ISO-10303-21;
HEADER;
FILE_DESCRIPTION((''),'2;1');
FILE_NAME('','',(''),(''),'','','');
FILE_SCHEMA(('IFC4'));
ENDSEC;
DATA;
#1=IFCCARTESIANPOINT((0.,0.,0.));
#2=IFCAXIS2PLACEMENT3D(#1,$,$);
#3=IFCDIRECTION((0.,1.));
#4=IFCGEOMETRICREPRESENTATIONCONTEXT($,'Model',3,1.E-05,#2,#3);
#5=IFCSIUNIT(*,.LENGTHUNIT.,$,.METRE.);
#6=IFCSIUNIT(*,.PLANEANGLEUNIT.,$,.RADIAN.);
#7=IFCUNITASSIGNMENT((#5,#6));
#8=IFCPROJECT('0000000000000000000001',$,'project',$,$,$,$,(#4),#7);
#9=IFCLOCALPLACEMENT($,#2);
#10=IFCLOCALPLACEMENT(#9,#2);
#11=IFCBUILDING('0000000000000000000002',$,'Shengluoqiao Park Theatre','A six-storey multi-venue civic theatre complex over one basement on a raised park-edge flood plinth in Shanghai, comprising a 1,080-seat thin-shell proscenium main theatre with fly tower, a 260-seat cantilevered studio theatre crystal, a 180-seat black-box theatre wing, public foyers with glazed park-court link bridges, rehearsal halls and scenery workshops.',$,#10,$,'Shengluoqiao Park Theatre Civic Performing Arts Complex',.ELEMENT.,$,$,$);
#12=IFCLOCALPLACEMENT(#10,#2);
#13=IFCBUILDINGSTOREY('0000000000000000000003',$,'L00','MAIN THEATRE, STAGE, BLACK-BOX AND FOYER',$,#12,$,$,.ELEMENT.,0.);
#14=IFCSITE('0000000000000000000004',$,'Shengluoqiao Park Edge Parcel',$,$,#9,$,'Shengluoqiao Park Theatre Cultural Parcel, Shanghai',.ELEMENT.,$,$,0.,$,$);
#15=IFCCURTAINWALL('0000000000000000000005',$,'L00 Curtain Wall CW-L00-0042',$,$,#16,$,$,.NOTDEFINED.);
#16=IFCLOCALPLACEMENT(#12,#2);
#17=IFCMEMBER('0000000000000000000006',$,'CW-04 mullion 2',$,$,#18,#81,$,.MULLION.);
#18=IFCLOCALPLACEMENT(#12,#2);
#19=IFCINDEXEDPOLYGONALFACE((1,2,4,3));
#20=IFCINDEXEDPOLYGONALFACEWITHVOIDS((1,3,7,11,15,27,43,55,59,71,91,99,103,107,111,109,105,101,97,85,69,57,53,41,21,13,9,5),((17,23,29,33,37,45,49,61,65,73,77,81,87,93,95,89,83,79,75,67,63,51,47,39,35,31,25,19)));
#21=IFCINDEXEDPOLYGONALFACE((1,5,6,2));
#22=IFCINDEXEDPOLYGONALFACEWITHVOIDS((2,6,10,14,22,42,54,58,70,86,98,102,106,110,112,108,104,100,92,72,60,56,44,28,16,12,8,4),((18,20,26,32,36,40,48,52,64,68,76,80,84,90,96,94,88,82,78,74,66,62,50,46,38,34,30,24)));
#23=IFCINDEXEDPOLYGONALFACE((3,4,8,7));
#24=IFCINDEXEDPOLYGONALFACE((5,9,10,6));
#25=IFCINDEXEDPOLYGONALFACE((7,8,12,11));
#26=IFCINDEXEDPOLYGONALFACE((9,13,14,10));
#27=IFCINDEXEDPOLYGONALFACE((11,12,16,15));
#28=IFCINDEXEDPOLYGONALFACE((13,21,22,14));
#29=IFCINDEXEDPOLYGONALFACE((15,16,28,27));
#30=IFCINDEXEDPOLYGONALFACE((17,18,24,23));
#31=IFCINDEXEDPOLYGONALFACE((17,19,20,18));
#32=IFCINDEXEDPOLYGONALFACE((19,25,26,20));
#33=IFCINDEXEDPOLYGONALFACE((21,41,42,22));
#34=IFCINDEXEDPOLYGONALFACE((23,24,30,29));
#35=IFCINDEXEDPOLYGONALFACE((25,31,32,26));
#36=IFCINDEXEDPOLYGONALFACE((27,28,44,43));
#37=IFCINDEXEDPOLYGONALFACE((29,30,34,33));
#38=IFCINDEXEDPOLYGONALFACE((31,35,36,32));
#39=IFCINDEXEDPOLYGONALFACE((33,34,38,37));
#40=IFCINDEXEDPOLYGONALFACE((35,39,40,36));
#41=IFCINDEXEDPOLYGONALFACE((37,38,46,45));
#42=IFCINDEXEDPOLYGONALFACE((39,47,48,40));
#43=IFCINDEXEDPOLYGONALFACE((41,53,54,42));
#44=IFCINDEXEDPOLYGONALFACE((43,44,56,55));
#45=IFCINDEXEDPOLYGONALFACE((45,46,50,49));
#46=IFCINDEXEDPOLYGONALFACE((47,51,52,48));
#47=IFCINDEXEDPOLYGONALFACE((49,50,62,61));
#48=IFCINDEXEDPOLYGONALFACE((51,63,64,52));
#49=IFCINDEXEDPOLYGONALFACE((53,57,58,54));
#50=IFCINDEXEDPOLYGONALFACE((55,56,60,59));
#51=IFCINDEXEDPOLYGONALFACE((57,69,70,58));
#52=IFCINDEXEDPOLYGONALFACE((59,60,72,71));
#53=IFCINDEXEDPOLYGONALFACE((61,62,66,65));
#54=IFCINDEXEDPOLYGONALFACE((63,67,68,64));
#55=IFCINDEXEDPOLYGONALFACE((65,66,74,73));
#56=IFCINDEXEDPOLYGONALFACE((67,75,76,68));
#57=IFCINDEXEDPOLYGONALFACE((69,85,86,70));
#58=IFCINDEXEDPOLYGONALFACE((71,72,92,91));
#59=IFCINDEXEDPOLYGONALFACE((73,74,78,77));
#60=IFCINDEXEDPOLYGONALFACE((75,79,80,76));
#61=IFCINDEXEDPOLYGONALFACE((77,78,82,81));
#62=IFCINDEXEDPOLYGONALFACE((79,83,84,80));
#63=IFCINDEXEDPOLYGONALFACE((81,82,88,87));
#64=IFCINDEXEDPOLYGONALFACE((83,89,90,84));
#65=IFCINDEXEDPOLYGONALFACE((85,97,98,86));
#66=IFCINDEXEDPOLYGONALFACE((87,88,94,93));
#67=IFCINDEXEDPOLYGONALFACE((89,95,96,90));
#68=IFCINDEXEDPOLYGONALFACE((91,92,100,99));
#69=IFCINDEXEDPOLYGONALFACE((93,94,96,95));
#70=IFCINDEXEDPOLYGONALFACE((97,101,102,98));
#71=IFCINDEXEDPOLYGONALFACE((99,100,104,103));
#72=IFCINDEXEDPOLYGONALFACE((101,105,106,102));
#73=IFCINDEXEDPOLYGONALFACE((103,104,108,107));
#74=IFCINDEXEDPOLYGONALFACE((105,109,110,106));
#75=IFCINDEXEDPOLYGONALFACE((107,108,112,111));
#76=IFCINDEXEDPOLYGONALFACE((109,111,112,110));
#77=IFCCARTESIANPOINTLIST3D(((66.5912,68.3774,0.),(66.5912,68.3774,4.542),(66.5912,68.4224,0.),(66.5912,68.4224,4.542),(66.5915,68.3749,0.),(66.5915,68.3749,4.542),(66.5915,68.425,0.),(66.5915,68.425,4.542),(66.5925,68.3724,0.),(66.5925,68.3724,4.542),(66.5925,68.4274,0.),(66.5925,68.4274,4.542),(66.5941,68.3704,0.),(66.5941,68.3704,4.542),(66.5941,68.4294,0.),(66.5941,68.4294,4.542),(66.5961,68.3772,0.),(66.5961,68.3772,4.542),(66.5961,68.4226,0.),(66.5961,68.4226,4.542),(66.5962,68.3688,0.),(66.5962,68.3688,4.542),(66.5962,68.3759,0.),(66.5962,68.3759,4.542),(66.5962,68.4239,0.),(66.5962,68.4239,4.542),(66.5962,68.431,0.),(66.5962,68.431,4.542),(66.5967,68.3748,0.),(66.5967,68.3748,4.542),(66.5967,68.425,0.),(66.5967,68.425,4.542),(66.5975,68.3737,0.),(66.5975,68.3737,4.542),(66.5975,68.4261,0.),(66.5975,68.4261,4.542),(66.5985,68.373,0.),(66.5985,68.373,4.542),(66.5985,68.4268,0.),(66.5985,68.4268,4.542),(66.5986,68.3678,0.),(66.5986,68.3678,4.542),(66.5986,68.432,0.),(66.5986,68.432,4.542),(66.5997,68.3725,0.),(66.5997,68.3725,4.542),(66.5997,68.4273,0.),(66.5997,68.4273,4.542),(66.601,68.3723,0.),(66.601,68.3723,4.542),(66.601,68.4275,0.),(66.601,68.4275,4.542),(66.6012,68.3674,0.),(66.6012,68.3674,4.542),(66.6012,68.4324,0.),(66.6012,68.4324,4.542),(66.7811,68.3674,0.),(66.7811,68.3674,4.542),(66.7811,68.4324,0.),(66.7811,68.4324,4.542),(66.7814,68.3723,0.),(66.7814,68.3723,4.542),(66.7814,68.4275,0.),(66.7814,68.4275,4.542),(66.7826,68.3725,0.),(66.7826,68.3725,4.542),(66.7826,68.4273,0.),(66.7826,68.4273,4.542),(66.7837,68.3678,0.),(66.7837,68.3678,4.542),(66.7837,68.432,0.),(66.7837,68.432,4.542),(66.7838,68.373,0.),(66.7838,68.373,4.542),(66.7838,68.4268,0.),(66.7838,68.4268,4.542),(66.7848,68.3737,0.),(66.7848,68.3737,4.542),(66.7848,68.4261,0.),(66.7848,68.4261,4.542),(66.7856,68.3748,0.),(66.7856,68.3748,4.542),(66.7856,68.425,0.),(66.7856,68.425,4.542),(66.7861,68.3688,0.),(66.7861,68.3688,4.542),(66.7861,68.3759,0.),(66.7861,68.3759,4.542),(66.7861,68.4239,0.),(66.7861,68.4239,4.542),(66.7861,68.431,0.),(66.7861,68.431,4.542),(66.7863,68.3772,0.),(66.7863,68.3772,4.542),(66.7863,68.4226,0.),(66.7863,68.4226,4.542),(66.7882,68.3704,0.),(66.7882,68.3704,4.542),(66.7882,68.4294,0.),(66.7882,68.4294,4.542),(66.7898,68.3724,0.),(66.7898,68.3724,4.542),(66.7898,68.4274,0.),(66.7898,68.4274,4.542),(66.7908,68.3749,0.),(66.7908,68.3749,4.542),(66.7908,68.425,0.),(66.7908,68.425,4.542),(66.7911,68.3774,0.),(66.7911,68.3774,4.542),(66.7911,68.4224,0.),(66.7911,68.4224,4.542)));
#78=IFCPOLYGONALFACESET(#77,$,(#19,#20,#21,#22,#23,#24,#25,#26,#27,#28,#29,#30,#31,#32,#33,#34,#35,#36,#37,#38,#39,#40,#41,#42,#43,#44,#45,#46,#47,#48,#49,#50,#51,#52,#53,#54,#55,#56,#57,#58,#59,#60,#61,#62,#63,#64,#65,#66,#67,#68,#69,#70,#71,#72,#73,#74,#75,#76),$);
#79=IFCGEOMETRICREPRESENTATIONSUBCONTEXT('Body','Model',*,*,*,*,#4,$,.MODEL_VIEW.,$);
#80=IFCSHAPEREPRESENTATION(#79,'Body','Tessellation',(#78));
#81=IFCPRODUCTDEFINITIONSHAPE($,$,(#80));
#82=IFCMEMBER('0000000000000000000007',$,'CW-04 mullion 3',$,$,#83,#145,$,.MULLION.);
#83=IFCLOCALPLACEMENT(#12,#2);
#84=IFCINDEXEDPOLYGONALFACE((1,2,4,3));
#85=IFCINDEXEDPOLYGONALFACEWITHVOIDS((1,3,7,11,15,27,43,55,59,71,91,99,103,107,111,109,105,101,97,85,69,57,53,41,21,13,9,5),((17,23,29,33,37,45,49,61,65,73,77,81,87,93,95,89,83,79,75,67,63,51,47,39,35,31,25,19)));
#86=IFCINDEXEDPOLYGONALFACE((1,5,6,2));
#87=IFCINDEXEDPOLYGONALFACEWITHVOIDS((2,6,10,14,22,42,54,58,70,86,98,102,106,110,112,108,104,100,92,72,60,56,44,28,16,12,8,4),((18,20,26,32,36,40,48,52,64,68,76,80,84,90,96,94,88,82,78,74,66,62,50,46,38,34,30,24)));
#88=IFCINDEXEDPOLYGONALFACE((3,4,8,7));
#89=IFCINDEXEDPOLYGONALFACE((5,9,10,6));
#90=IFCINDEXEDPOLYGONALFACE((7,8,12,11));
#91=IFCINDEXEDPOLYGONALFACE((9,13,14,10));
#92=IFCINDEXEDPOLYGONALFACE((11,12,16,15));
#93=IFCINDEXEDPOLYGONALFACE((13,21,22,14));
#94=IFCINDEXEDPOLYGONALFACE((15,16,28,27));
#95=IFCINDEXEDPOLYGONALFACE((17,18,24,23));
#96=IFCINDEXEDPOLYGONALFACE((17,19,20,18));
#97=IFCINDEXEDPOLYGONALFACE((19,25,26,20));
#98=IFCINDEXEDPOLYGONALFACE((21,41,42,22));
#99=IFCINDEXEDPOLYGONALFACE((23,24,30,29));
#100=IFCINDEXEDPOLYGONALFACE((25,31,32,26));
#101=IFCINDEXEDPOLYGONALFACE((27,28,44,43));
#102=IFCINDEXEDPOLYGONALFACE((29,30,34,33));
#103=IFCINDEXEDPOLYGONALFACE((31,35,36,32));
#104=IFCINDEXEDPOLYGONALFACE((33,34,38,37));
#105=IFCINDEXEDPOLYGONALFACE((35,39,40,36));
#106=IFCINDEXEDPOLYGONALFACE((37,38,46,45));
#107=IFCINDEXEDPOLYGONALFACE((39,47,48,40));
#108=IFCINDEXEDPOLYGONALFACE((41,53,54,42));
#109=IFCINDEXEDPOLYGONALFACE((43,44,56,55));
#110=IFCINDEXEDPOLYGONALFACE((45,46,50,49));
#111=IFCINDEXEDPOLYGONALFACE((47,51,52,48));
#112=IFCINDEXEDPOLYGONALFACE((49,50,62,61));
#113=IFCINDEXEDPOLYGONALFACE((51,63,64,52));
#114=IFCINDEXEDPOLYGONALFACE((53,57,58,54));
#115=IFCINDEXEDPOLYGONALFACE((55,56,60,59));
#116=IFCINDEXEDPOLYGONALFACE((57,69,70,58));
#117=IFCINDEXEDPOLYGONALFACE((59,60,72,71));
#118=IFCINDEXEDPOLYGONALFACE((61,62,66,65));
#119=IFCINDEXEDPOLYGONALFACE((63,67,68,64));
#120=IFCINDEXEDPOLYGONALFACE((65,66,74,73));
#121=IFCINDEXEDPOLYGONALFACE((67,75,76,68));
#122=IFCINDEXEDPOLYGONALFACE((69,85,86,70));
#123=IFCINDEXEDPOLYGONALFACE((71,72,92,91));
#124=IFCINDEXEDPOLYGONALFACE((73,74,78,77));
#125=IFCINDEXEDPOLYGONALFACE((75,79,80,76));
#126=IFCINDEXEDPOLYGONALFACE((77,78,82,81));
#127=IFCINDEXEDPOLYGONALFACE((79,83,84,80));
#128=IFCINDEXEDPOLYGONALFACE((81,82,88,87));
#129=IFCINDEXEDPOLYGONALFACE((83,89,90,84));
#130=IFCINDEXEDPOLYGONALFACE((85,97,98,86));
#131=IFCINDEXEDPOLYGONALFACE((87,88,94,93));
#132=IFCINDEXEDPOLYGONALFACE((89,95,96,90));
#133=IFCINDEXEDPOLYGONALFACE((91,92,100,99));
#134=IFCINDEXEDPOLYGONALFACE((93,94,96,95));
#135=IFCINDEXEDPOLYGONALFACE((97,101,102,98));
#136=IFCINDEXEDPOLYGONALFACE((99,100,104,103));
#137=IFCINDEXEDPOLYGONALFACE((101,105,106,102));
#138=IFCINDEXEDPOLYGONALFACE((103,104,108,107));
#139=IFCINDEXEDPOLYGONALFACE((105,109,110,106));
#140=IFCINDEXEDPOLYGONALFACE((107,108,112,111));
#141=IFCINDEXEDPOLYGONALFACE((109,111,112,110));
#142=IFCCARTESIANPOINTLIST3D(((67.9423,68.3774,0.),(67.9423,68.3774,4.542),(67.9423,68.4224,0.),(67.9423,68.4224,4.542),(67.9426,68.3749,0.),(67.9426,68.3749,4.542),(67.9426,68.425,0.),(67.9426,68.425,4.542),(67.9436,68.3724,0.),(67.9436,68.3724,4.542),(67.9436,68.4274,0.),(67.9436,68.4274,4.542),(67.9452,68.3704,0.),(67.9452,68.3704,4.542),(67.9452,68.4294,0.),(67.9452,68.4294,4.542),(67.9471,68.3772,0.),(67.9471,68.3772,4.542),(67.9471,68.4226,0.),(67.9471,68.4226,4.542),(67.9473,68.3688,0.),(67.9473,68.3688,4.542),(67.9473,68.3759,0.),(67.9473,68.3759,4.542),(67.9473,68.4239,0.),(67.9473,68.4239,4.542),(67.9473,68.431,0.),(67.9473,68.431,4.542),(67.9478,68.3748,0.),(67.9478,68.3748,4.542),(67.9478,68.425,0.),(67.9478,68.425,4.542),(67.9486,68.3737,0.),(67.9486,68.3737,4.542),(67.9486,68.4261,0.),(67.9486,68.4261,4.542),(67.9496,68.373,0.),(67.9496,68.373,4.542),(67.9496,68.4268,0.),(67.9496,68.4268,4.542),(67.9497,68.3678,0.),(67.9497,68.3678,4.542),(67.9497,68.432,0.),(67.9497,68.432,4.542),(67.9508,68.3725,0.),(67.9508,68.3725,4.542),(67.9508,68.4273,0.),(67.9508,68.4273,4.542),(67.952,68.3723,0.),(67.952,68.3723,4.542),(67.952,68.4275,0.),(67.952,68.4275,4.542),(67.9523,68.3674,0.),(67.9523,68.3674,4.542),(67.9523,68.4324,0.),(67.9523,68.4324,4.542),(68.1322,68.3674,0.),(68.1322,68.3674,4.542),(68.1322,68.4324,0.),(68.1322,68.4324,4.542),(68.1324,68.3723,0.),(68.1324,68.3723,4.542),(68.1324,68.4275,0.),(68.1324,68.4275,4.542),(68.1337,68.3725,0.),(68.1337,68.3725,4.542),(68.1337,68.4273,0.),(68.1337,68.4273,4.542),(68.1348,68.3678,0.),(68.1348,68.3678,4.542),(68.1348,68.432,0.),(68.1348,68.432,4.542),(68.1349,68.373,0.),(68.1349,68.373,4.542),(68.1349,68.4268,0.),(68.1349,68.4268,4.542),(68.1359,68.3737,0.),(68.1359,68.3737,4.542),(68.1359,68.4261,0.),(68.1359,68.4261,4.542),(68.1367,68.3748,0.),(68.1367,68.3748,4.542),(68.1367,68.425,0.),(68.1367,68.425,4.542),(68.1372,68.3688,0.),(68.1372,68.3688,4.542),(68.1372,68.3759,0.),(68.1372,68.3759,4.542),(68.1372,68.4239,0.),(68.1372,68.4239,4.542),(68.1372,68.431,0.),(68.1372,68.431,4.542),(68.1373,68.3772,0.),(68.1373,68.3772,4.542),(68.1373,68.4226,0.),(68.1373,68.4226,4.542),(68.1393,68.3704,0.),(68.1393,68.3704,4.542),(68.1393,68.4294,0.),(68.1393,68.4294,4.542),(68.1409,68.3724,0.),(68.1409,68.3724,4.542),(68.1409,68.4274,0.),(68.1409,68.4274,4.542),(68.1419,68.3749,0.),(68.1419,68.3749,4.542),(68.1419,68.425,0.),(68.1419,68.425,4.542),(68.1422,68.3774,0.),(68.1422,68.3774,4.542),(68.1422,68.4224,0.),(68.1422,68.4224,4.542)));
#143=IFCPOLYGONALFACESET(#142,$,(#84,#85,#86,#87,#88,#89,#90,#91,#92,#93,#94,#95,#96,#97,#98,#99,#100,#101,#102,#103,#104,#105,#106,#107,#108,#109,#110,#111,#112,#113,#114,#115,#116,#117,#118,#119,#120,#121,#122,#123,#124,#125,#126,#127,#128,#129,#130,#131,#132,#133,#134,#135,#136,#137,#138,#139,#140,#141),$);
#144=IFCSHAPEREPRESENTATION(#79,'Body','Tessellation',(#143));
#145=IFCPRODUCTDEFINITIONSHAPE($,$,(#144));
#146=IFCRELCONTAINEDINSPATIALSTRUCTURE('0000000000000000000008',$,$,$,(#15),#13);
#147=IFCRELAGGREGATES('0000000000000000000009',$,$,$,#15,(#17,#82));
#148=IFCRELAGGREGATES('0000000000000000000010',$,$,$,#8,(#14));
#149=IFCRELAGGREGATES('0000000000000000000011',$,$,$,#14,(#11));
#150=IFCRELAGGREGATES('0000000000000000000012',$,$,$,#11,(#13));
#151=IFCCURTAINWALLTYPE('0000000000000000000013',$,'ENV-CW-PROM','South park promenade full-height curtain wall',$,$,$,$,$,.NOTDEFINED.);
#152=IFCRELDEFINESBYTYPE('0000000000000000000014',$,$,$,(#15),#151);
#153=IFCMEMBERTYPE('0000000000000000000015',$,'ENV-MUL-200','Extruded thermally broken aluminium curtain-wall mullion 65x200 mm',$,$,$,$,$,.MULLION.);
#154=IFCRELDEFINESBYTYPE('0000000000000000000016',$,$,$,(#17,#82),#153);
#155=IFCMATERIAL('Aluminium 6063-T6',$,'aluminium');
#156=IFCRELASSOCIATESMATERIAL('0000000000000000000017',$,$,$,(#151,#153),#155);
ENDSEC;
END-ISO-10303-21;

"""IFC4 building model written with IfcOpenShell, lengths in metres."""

from ifc_helpers import new_model, si_unit, direction, frame, origin, origin_2d, place, context, subcontext, project, spatial, hollow_rectangle, extrude, material, material_profile, profile_set, type_object, element, aggregate, save


model = new_model("IFC4")

# Units and contexts
model_context = context("Model", 3, precision=1e-05, world=origin(), true_north=direction((0.0, 1.0)))
body_context = subcontext(model_context, "Body", "Model", "MODEL_VIEW")
ifc_project = project(units=[si_unit("LENGTHUNIT", "METRE"), si_unit("PLANEANGLEUNIT", "RADIAN")], contexts=[model_context])

# Site, building, storey
site_placement = place(None, origin())
site = spatial("IfcSite", under=ifc_project, at=site_placement, Name="Shengluoqiao Park Edge Parcel", LongName="Shengluoqiao Park Theatre Cultural Parcel, Shanghai", CompositionType="ELEMENT", RefElevation=0.0)
building_placement = place(site_placement, origin())
building = spatial("IfcBuilding", under=site, at=building_placement, Name="Shengluoqiao Park Theatre", Description="A six-storey multi-venue civic theatre complex over one basement on a raised park-edge flood plinth in Shanghai, comprising a 1,080-seat thin-shell proscenium main theatre with fly tower, a 260-seat cantilevered studio theatre crystal, a 180-seat black-box theatre wing, public foyers with glazed park-court link bridges, rehearsal halls and scenery workshops.", LongName="Shengluoqiao Park Theatre Civic Performing Arts Complex", CompositionType="ELEMENT")
storey_placement = place(building_placement, origin())
storey = spatial("IfcBuildingStorey", under=building, at=storey_placement, Name="L00", Description="MAIN THEATRE, STAGE, BLACK-BOX AND FOYER", CompositionType="ELEMENT", Elevation=0.0)

# Curtain wall, members
ifc_material_1 = material(Name="Aluminium 6063-T6", Category="aluminium")
curtain_wall_type = type_object("IfcCurtainWallType", Name="ENV-CW-PROM", Description="South park promenade full-height curtain wall", PredefinedType="NOTDEFINED", material=ifc_material_1)
ifc_material_profile_1 = material_profile(ifc_material_1, hollow_rectangle(XDim=0.0649, YDim=0.2, WallThickness=0.0049, InnerFilletRadius=0.0049, OuterFilletRadius=0.01, at=origin_2d()), Name="ALU MULLION 200x65x5")
ifc_profile_set_1 = profile_set([ifc_material_profile_1], Name="Aluminium 6063-T6")
member_type_1 = type_object("IfcMemberType", Name="ENV-MUL-200", Description="Extruded thermally broken aluminium curtain-wall mullion 65x200 mm", PredefinedType="MULLION", material=ifc_profile_set_1)
curtain_wall_1_placement = place(storey_placement, origin())
curtain_wall_1 = element("IfcCurtainWall", 1, at=curtain_wall_1_placement, inside=storey, type_object=curtain_wall_type, Name="L00 Curtain Wall CW-L00-0042", PredefinedType="NOTDEFINED")
member_1_placement = place(storey_placement, frame((66.6912, 68.3999, 0.0), z_axis=(0.0, 0.0, 1.0), x_axis=(0.0, 1.0, 0.0)))
member_1 = element("IfcMember", 2, at=member_1_placement, type_object=member_type_1, Name="CW-04 mullion 2", PredefinedType="MULLION", context=body_context, shape_type="SweptSolid", body=[
    extrude(hollow_rectangle(XDim=0.0649, YDim=0.2, WallThickness=0.0049, InnerFilletRadius=0.0049, OuterFilletRadius=0.01, at=origin_2d()), origin(), (0.0, 0.0, 1.0), 4.542),
])
member_2_placement = place(storey_placement, frame((68.0422, 68.3999, 0.0), z_axis=(0.0, 0.0, 1.0), x_axis=(0.0, 1.0, 0.0)))
member_2 = element("IfcMember", 3, at=member_2_placement, type_object=member_type_1, Name="CW-04 mullion 3", PredefinedType="MULLION", context=body_context, shape_type="SweptSolid", body=[
    extrude(hollow_rectangle(XDim=0.0649, YDim=0.2, WallThickness=0.0049, InnerFilletRadius=0.0049, OuterFilletRadius=0.01, at=origin_2d()), origin(), (0.0, 0.0, 1.0), 4.542),
])

aggregate(curtain_wall_1, [member_1, member_2])

save(model, "model.ifc")
